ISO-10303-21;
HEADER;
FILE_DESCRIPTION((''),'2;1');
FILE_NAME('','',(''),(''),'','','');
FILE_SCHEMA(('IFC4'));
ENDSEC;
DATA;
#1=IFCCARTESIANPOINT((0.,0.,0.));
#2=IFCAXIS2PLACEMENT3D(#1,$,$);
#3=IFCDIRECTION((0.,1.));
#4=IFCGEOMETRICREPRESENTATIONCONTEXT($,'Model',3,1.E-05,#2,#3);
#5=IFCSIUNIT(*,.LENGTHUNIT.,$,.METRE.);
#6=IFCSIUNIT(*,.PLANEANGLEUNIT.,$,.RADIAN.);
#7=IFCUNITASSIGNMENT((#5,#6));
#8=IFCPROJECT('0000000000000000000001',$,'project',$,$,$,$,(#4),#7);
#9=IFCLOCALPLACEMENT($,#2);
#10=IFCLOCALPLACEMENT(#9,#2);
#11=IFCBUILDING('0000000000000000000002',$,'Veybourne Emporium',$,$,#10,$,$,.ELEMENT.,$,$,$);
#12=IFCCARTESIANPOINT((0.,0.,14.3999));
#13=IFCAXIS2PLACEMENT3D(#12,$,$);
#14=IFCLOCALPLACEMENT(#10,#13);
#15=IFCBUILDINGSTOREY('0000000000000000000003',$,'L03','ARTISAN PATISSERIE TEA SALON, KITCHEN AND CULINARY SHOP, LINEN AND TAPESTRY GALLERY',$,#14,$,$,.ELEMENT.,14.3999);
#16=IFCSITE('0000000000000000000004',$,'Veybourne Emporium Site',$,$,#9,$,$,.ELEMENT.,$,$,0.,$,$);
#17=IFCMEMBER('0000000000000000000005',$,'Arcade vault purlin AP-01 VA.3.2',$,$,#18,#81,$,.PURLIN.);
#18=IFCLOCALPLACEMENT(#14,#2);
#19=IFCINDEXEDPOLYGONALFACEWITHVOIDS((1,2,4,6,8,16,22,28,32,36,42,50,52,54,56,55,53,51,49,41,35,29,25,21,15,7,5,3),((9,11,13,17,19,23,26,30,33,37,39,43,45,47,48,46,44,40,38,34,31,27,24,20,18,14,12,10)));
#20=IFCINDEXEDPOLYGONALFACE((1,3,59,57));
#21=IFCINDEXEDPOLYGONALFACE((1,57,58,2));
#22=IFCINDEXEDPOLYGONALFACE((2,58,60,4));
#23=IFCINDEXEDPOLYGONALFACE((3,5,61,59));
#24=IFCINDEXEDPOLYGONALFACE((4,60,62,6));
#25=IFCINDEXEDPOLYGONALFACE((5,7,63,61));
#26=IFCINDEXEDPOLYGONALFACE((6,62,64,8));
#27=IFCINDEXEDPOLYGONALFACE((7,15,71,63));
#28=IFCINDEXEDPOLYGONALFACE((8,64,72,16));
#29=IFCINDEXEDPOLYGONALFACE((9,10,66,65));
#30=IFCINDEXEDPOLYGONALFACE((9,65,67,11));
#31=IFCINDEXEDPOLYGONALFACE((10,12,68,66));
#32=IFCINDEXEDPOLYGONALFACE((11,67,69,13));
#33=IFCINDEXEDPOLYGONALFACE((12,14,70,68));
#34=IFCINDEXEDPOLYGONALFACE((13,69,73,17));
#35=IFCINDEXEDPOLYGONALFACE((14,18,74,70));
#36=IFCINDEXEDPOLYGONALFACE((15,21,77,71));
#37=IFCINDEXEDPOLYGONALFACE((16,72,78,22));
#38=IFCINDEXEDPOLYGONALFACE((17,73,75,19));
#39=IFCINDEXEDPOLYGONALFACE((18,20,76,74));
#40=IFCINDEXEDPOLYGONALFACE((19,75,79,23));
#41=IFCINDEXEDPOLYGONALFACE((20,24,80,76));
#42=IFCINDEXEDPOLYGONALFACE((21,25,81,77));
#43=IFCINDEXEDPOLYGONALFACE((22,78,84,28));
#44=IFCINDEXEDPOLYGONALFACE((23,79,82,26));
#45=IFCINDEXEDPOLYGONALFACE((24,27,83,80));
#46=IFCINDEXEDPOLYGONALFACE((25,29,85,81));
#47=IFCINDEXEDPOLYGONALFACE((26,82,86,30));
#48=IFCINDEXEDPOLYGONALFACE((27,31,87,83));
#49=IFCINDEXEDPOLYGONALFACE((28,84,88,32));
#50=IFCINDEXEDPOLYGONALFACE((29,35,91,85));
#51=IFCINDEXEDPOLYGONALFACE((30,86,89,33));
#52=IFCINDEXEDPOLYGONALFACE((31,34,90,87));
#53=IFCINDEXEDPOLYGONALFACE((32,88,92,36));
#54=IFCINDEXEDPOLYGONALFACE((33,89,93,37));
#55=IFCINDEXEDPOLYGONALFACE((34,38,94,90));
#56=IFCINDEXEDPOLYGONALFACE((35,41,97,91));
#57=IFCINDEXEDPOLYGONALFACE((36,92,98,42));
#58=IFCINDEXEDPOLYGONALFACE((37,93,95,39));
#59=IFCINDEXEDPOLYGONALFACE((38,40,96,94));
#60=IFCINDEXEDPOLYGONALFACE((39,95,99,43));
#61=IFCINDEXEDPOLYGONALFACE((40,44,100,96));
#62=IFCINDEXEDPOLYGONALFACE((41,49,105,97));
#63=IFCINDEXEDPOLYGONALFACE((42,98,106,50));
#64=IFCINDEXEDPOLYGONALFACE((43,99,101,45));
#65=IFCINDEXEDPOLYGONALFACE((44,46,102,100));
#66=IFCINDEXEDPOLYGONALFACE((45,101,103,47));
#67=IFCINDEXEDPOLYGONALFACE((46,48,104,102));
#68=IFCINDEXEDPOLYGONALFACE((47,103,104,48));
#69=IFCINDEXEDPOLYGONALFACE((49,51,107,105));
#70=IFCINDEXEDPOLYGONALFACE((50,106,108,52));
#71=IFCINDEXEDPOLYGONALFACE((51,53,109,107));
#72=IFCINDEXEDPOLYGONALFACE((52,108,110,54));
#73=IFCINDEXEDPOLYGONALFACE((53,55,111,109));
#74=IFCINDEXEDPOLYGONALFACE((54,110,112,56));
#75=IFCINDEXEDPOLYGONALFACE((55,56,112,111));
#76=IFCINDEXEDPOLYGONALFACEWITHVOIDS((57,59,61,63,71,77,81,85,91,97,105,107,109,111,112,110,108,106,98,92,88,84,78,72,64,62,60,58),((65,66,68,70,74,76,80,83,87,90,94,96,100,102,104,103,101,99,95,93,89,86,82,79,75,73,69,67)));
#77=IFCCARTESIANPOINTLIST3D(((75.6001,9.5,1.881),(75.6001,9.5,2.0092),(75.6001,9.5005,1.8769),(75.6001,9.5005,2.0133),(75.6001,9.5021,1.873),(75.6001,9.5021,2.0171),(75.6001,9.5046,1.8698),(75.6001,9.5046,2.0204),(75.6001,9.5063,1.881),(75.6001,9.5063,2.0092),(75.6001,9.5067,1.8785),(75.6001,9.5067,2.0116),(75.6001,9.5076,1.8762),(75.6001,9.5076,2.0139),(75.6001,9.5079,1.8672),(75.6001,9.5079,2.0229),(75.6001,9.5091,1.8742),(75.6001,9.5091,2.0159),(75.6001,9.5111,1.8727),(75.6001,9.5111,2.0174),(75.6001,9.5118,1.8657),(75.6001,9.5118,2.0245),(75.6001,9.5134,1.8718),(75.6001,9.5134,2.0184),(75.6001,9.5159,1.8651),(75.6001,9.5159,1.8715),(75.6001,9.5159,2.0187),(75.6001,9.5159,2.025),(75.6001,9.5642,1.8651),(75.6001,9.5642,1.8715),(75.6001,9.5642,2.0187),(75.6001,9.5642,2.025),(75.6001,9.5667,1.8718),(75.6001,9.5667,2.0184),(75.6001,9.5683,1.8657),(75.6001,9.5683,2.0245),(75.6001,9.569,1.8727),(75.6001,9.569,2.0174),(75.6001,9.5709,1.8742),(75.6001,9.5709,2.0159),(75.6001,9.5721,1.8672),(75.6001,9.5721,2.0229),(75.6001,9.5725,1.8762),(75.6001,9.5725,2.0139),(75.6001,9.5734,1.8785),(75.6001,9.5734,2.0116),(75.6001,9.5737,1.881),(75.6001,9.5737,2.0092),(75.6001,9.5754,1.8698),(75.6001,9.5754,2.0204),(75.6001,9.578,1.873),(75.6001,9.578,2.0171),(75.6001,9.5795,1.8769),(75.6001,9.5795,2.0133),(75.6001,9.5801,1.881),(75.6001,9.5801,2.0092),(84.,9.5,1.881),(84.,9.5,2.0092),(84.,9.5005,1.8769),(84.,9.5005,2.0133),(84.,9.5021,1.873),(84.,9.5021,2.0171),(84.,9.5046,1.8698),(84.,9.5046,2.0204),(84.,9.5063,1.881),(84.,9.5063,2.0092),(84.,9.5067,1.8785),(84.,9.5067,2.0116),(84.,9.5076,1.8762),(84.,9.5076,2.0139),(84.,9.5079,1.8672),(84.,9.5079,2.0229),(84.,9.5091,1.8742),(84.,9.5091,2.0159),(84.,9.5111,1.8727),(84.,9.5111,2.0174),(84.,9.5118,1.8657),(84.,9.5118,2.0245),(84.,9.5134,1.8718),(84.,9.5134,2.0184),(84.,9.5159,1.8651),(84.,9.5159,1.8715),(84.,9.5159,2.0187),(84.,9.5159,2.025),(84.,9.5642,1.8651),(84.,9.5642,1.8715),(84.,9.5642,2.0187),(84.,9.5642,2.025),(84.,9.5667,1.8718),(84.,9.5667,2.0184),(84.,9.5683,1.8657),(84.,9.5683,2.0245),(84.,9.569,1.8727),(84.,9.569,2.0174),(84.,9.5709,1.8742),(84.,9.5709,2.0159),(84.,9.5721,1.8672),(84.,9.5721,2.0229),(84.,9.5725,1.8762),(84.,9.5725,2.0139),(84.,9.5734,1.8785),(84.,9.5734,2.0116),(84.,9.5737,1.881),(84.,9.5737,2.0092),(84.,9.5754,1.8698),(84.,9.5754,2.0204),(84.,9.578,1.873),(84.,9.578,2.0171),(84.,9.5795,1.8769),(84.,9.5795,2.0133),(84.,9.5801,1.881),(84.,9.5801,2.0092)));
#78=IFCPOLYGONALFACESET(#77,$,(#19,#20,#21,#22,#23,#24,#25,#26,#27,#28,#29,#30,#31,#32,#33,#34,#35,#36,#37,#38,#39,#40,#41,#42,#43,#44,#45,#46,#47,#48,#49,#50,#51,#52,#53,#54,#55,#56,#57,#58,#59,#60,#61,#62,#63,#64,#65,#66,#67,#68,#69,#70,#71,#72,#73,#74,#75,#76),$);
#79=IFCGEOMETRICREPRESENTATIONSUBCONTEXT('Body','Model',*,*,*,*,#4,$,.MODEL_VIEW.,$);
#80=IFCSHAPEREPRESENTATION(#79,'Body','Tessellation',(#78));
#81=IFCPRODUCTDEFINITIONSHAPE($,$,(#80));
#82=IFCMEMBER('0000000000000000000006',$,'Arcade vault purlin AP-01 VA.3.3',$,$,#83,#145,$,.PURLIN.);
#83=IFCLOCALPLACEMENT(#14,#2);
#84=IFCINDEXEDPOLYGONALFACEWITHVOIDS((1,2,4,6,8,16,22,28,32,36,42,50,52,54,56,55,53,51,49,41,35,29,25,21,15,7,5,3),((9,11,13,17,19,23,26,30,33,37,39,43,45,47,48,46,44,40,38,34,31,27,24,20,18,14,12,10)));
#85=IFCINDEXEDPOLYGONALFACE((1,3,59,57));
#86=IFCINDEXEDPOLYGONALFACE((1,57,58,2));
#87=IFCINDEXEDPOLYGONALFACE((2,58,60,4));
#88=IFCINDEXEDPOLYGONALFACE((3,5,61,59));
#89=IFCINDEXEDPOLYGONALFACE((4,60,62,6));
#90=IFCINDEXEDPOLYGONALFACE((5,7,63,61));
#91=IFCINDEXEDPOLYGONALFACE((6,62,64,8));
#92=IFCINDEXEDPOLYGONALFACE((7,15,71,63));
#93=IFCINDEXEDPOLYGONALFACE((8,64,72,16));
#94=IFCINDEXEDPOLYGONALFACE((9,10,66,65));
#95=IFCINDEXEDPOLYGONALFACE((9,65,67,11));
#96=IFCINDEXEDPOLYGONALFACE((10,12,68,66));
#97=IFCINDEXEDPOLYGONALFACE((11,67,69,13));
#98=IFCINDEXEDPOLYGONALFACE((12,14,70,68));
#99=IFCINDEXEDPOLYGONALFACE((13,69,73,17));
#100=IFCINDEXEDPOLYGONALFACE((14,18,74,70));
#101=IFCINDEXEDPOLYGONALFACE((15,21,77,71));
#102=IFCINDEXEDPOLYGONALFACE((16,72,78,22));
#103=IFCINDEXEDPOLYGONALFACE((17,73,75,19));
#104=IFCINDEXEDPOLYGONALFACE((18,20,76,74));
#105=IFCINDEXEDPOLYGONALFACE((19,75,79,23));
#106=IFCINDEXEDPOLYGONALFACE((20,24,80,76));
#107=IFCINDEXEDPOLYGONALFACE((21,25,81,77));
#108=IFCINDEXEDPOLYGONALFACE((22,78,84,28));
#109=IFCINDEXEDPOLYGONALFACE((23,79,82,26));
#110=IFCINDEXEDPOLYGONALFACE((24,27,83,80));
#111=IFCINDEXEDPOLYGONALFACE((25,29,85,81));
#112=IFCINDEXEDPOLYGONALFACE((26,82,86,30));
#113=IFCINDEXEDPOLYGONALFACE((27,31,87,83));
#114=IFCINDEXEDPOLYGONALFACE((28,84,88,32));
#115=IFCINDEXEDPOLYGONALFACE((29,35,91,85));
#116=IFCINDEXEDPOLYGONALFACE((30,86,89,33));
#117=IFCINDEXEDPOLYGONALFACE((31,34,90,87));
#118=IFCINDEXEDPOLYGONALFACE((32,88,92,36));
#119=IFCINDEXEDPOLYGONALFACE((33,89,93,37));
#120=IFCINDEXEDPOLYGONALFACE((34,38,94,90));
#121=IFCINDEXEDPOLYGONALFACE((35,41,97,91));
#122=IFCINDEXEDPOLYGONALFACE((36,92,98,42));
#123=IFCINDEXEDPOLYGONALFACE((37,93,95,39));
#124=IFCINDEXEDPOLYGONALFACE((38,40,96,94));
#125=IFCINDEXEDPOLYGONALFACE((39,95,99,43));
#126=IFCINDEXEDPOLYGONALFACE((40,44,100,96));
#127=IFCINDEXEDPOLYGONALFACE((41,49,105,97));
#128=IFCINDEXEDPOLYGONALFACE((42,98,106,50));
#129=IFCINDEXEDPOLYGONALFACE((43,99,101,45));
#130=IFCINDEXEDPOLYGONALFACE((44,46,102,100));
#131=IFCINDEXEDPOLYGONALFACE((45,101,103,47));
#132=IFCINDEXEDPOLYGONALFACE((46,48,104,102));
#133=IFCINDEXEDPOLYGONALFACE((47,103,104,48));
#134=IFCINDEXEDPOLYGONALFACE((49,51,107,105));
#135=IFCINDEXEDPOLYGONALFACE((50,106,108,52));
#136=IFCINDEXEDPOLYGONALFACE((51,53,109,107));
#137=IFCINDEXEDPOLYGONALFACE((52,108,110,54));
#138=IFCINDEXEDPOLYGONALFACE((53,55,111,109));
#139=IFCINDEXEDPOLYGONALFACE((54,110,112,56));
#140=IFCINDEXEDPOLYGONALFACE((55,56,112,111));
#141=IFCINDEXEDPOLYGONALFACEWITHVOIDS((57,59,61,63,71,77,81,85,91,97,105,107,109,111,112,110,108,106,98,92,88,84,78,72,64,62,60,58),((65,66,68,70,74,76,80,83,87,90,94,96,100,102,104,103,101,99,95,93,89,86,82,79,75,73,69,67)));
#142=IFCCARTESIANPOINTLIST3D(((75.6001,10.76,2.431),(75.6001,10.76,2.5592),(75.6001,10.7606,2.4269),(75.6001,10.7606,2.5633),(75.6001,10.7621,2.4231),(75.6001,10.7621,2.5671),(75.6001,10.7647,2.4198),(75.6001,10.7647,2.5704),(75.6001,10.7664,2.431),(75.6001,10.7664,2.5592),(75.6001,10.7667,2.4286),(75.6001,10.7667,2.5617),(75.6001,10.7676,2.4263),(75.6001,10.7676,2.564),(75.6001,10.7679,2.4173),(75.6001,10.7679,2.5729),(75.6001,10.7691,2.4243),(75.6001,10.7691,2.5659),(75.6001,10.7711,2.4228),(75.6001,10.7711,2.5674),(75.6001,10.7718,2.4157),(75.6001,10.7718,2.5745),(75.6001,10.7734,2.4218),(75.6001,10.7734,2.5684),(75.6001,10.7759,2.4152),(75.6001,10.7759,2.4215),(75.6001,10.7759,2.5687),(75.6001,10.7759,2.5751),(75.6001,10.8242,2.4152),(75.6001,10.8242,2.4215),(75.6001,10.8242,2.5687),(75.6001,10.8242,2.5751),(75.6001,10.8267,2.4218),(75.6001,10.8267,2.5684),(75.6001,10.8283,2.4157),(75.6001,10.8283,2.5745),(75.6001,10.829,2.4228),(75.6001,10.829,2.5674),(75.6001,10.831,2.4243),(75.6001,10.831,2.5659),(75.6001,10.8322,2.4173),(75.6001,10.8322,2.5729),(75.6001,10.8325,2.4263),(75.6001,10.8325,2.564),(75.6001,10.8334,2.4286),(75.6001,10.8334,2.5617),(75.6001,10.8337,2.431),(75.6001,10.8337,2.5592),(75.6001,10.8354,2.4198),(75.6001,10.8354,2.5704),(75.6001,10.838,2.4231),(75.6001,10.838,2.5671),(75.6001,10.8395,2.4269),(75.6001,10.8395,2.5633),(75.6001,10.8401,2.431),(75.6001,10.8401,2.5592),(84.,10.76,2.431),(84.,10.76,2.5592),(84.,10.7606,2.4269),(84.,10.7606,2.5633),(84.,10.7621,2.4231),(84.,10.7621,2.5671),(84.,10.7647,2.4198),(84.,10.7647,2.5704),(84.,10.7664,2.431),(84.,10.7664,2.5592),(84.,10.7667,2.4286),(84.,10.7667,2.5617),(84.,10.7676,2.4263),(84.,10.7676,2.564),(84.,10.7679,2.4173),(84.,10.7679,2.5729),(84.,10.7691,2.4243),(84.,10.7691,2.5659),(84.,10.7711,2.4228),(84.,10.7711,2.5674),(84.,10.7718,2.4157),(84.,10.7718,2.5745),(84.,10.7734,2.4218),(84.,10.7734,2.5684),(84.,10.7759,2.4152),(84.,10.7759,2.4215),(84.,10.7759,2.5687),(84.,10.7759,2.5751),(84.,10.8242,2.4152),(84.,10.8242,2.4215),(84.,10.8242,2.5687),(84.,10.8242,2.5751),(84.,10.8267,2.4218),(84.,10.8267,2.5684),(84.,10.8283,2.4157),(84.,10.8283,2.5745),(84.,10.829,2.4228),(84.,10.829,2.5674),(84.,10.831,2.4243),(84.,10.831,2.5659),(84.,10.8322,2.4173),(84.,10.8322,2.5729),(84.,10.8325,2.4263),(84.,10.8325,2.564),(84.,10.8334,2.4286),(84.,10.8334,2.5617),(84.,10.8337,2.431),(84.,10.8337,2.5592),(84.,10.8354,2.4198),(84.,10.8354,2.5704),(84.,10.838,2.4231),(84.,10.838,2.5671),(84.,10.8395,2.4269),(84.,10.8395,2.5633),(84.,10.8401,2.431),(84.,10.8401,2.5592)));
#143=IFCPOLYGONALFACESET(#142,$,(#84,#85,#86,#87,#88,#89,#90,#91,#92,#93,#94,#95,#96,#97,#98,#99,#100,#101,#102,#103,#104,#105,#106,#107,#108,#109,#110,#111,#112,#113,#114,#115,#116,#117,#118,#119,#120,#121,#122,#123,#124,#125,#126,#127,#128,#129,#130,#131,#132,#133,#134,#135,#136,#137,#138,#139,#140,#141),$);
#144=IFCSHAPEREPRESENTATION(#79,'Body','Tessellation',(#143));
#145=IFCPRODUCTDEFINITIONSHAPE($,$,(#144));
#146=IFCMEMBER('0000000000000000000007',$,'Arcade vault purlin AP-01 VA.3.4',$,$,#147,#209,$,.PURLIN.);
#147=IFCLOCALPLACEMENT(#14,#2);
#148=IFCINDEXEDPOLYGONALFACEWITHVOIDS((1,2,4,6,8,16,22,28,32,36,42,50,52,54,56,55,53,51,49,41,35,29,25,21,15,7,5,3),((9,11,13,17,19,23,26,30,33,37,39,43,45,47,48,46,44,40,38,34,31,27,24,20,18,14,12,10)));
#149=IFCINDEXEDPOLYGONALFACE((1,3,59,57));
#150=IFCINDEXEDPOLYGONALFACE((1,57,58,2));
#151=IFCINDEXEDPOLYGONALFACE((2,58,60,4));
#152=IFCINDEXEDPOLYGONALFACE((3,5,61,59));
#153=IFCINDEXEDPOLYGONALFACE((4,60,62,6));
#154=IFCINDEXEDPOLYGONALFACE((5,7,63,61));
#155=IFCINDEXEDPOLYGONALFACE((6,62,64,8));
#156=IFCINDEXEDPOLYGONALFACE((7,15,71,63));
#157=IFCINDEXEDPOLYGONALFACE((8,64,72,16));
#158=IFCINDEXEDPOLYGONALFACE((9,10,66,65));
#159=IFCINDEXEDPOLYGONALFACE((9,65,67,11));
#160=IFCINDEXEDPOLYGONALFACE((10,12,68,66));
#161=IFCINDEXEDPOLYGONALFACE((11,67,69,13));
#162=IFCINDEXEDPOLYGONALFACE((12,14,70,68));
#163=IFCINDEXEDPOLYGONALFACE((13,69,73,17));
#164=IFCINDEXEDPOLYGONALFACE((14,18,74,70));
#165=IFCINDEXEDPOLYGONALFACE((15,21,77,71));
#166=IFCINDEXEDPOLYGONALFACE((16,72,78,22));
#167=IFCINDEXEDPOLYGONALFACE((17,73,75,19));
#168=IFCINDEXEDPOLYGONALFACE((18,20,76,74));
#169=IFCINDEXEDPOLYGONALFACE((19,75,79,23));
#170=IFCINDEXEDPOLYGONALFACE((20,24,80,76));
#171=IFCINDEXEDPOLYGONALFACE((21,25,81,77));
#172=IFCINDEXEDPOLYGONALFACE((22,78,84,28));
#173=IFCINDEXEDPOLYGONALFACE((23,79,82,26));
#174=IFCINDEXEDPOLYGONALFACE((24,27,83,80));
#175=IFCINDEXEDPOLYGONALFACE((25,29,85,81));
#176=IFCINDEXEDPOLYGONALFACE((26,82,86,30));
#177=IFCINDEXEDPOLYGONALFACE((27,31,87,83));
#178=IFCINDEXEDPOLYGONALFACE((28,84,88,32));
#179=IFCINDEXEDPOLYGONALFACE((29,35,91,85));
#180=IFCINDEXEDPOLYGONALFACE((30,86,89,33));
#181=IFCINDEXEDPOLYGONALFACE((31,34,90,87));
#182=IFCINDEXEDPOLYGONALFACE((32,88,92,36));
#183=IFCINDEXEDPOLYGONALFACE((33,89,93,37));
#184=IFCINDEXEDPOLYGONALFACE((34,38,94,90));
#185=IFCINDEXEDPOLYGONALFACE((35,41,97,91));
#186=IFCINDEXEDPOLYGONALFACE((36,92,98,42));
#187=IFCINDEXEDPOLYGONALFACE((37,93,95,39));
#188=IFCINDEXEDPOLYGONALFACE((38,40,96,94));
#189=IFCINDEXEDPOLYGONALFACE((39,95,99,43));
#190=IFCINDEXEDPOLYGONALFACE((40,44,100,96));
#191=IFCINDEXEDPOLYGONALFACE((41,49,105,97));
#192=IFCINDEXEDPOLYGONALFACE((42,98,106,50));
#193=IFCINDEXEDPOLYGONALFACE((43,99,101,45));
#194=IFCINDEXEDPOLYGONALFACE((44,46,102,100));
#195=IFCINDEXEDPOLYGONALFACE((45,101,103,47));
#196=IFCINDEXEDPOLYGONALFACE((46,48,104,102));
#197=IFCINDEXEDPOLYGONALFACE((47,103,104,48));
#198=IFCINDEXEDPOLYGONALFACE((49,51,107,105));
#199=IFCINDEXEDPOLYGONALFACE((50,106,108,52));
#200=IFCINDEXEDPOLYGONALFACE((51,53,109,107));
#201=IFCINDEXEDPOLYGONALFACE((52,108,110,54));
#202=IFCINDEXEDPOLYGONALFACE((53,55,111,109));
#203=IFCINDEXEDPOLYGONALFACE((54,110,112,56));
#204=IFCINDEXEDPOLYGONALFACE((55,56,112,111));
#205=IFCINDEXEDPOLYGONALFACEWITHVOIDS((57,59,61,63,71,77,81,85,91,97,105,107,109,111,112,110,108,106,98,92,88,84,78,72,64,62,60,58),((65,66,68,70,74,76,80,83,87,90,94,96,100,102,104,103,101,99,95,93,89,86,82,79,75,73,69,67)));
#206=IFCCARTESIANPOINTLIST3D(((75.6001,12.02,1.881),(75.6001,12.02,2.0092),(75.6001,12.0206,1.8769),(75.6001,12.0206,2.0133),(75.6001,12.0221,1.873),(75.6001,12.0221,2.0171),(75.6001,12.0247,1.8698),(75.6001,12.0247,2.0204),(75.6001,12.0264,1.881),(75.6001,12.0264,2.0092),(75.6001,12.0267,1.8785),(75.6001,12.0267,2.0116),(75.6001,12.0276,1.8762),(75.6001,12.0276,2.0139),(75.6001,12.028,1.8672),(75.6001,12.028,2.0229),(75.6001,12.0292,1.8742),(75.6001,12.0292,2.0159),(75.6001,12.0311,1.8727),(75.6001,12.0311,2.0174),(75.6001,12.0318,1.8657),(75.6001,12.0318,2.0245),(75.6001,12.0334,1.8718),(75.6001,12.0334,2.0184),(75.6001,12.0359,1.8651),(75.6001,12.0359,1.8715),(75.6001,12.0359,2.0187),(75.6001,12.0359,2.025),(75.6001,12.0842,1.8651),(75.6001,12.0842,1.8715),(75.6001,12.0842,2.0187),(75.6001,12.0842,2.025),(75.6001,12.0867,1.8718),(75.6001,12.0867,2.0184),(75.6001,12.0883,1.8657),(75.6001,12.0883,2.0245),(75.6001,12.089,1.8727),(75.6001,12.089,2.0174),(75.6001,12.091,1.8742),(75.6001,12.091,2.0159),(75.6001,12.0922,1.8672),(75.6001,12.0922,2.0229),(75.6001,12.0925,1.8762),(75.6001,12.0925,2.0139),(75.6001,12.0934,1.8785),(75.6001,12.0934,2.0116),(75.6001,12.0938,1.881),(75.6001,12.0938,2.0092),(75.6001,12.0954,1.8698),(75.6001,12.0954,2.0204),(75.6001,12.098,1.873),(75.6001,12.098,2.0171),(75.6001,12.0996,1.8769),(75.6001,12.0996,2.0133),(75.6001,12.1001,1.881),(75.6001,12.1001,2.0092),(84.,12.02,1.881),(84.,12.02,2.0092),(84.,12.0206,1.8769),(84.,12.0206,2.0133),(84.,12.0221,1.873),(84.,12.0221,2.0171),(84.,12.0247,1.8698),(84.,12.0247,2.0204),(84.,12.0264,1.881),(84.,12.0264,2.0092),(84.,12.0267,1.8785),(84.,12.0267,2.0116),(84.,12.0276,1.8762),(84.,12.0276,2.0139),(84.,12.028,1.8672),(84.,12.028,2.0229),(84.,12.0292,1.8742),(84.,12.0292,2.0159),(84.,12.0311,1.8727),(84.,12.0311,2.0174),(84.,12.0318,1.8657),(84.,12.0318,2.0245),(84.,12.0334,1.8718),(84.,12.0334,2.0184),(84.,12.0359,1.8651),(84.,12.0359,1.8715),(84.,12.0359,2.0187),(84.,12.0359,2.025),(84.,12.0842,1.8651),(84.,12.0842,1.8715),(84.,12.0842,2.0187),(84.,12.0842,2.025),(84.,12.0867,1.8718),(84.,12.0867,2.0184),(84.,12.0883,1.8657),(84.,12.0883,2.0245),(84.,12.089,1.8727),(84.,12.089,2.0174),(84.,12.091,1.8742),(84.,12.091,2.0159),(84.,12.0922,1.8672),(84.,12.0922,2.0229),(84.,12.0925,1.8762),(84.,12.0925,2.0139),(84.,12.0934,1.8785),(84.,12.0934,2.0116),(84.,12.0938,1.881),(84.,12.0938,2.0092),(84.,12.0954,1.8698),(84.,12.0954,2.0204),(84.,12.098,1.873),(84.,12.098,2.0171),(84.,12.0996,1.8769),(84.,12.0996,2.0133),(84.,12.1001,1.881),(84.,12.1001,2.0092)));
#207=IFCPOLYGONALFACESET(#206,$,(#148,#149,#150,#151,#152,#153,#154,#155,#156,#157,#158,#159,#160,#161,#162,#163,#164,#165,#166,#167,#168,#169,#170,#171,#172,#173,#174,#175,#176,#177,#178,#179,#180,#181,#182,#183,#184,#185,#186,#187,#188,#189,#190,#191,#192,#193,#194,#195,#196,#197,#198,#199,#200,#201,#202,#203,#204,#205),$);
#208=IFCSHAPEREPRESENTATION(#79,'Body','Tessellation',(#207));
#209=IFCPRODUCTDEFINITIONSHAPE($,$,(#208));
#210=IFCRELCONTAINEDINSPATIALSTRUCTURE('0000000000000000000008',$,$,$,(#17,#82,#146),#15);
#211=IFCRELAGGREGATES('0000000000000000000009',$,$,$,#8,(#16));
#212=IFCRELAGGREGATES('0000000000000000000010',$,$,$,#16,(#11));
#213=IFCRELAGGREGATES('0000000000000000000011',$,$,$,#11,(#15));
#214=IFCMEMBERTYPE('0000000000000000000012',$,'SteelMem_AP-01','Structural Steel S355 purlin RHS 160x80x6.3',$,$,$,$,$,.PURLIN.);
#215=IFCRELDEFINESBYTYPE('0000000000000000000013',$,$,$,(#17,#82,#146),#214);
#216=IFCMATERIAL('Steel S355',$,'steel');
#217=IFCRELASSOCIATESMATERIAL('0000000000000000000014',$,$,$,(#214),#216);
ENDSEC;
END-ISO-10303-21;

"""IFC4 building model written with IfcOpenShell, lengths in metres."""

from ifc_helpers import new_model, si_unit, direction, frame, origin, origin_2d, place, context, subcontext, project, spatial, hollow_rectangle, extrude, material, material_profile, profile_set, type_object, element, save


model = new_model("IFC4")

# Units and contexts
model_context = context("Model", 3, precision=1e-05, world=origin(), true_north=direction((0.0, 1.0)))
body_context = subcontext(model_context, "Body", "Model", "MODEL_VIEW")
ifc_project = project(units=[si_unit("LENGTHUNIT", "METRE"), si_unit("PLANEANGLEUNIT", "RADIAN")], contexts=[model_context])

# Site, building, storey
site_placement = place(None, origin())
site = spatial("IfcSite", under=ifc_project, at=site_placement, Name="Veybourne Emporium Site", CompositionType="ELEMENT", RefElevation=0.0)
building_placement = place(site_placement, origin())
building = spatial("IfcBuilding", under=site, at=building_placement, Name="Veybourne Emporium", CompositionType="ELEMENT")
storey_placement = place(building_placement, frame((0.0, 0.0, 14.3999)))
storey = spatial("IfcBuildingStorey", under=building, at=storey_placement, Name="L03", Description="ARTISAN PATISSERIE TEA SALON, KITCHEN AND CULINARY SHOP, LINEN AND TAPESTRY GALLERY", CompositionType="ELEMENT", Elevation=14.3999)

# Shared definitions
ifc_material_1 = material(Name="Steel S355", Category="steel")

# Members
ifc_material_profile_1 = material_profile(ifc_material_1, hollow_rectangle(XDim=0.0801, YDim=0.1599, WallThickness=0.0063, InnerFilletRadius=0.0095, OuterFilletRadius=0.0159, at=origin_2d()), Name="RHS 160x80x6.3")
ifc_profile_set_1 = profile_set([ifc_material_profile_1], Name="Steel S355")
member_type_1 = type_object("IfcMemberType", Name="SteelMem_AP-01", Description="Structural Steel S355 purlin RHS 160x80x6.3", PredefinedType="PURLIN", material=ifc_profile_set_1)
for number, where, z_axis, x_axis, name in (
    (1, (75.6001, 9.54, 1.9451), (1.0, 0.0, 0.0), (0.0, 1.0, 0.0), "Arcade vault purlin AP-01 VA.3.2"),
    (2, (75.6001, 10.8, 2.4951), (1.0, 0.0, 0.0), (0.0, 1.0, 0.0), "Arcade vault purlin AP-01 VA.3.3"),
    (3, (75.6001, 12.0601, 1.9451), (1.0, 0.0, 0.0), (0.0, 1.0, 0.0), "Arcade vault purlin AP-01 VA.3.4"),
):
    element("IfcMember", number, at=place(storey_placement, frame(where, z_axis=z_axis, x_axis=x_axis)), inside=storey, type_object=member_type_1, Name=name, PredefinedType="PURLIN", context=body_context, shape_type="SweptSolid", body=[
        extrude(hollow_rectangle(XDim=0.0801, YDim=0.1599, WallThickness=0.0063, InnerFilletRadius=0.0095, OuterFilletRadius=0.0159, at=origin_2d()), origin(), (0.0, 0.0, 1.0), 8.3999),
    ])

save(model, "model.ifc")
